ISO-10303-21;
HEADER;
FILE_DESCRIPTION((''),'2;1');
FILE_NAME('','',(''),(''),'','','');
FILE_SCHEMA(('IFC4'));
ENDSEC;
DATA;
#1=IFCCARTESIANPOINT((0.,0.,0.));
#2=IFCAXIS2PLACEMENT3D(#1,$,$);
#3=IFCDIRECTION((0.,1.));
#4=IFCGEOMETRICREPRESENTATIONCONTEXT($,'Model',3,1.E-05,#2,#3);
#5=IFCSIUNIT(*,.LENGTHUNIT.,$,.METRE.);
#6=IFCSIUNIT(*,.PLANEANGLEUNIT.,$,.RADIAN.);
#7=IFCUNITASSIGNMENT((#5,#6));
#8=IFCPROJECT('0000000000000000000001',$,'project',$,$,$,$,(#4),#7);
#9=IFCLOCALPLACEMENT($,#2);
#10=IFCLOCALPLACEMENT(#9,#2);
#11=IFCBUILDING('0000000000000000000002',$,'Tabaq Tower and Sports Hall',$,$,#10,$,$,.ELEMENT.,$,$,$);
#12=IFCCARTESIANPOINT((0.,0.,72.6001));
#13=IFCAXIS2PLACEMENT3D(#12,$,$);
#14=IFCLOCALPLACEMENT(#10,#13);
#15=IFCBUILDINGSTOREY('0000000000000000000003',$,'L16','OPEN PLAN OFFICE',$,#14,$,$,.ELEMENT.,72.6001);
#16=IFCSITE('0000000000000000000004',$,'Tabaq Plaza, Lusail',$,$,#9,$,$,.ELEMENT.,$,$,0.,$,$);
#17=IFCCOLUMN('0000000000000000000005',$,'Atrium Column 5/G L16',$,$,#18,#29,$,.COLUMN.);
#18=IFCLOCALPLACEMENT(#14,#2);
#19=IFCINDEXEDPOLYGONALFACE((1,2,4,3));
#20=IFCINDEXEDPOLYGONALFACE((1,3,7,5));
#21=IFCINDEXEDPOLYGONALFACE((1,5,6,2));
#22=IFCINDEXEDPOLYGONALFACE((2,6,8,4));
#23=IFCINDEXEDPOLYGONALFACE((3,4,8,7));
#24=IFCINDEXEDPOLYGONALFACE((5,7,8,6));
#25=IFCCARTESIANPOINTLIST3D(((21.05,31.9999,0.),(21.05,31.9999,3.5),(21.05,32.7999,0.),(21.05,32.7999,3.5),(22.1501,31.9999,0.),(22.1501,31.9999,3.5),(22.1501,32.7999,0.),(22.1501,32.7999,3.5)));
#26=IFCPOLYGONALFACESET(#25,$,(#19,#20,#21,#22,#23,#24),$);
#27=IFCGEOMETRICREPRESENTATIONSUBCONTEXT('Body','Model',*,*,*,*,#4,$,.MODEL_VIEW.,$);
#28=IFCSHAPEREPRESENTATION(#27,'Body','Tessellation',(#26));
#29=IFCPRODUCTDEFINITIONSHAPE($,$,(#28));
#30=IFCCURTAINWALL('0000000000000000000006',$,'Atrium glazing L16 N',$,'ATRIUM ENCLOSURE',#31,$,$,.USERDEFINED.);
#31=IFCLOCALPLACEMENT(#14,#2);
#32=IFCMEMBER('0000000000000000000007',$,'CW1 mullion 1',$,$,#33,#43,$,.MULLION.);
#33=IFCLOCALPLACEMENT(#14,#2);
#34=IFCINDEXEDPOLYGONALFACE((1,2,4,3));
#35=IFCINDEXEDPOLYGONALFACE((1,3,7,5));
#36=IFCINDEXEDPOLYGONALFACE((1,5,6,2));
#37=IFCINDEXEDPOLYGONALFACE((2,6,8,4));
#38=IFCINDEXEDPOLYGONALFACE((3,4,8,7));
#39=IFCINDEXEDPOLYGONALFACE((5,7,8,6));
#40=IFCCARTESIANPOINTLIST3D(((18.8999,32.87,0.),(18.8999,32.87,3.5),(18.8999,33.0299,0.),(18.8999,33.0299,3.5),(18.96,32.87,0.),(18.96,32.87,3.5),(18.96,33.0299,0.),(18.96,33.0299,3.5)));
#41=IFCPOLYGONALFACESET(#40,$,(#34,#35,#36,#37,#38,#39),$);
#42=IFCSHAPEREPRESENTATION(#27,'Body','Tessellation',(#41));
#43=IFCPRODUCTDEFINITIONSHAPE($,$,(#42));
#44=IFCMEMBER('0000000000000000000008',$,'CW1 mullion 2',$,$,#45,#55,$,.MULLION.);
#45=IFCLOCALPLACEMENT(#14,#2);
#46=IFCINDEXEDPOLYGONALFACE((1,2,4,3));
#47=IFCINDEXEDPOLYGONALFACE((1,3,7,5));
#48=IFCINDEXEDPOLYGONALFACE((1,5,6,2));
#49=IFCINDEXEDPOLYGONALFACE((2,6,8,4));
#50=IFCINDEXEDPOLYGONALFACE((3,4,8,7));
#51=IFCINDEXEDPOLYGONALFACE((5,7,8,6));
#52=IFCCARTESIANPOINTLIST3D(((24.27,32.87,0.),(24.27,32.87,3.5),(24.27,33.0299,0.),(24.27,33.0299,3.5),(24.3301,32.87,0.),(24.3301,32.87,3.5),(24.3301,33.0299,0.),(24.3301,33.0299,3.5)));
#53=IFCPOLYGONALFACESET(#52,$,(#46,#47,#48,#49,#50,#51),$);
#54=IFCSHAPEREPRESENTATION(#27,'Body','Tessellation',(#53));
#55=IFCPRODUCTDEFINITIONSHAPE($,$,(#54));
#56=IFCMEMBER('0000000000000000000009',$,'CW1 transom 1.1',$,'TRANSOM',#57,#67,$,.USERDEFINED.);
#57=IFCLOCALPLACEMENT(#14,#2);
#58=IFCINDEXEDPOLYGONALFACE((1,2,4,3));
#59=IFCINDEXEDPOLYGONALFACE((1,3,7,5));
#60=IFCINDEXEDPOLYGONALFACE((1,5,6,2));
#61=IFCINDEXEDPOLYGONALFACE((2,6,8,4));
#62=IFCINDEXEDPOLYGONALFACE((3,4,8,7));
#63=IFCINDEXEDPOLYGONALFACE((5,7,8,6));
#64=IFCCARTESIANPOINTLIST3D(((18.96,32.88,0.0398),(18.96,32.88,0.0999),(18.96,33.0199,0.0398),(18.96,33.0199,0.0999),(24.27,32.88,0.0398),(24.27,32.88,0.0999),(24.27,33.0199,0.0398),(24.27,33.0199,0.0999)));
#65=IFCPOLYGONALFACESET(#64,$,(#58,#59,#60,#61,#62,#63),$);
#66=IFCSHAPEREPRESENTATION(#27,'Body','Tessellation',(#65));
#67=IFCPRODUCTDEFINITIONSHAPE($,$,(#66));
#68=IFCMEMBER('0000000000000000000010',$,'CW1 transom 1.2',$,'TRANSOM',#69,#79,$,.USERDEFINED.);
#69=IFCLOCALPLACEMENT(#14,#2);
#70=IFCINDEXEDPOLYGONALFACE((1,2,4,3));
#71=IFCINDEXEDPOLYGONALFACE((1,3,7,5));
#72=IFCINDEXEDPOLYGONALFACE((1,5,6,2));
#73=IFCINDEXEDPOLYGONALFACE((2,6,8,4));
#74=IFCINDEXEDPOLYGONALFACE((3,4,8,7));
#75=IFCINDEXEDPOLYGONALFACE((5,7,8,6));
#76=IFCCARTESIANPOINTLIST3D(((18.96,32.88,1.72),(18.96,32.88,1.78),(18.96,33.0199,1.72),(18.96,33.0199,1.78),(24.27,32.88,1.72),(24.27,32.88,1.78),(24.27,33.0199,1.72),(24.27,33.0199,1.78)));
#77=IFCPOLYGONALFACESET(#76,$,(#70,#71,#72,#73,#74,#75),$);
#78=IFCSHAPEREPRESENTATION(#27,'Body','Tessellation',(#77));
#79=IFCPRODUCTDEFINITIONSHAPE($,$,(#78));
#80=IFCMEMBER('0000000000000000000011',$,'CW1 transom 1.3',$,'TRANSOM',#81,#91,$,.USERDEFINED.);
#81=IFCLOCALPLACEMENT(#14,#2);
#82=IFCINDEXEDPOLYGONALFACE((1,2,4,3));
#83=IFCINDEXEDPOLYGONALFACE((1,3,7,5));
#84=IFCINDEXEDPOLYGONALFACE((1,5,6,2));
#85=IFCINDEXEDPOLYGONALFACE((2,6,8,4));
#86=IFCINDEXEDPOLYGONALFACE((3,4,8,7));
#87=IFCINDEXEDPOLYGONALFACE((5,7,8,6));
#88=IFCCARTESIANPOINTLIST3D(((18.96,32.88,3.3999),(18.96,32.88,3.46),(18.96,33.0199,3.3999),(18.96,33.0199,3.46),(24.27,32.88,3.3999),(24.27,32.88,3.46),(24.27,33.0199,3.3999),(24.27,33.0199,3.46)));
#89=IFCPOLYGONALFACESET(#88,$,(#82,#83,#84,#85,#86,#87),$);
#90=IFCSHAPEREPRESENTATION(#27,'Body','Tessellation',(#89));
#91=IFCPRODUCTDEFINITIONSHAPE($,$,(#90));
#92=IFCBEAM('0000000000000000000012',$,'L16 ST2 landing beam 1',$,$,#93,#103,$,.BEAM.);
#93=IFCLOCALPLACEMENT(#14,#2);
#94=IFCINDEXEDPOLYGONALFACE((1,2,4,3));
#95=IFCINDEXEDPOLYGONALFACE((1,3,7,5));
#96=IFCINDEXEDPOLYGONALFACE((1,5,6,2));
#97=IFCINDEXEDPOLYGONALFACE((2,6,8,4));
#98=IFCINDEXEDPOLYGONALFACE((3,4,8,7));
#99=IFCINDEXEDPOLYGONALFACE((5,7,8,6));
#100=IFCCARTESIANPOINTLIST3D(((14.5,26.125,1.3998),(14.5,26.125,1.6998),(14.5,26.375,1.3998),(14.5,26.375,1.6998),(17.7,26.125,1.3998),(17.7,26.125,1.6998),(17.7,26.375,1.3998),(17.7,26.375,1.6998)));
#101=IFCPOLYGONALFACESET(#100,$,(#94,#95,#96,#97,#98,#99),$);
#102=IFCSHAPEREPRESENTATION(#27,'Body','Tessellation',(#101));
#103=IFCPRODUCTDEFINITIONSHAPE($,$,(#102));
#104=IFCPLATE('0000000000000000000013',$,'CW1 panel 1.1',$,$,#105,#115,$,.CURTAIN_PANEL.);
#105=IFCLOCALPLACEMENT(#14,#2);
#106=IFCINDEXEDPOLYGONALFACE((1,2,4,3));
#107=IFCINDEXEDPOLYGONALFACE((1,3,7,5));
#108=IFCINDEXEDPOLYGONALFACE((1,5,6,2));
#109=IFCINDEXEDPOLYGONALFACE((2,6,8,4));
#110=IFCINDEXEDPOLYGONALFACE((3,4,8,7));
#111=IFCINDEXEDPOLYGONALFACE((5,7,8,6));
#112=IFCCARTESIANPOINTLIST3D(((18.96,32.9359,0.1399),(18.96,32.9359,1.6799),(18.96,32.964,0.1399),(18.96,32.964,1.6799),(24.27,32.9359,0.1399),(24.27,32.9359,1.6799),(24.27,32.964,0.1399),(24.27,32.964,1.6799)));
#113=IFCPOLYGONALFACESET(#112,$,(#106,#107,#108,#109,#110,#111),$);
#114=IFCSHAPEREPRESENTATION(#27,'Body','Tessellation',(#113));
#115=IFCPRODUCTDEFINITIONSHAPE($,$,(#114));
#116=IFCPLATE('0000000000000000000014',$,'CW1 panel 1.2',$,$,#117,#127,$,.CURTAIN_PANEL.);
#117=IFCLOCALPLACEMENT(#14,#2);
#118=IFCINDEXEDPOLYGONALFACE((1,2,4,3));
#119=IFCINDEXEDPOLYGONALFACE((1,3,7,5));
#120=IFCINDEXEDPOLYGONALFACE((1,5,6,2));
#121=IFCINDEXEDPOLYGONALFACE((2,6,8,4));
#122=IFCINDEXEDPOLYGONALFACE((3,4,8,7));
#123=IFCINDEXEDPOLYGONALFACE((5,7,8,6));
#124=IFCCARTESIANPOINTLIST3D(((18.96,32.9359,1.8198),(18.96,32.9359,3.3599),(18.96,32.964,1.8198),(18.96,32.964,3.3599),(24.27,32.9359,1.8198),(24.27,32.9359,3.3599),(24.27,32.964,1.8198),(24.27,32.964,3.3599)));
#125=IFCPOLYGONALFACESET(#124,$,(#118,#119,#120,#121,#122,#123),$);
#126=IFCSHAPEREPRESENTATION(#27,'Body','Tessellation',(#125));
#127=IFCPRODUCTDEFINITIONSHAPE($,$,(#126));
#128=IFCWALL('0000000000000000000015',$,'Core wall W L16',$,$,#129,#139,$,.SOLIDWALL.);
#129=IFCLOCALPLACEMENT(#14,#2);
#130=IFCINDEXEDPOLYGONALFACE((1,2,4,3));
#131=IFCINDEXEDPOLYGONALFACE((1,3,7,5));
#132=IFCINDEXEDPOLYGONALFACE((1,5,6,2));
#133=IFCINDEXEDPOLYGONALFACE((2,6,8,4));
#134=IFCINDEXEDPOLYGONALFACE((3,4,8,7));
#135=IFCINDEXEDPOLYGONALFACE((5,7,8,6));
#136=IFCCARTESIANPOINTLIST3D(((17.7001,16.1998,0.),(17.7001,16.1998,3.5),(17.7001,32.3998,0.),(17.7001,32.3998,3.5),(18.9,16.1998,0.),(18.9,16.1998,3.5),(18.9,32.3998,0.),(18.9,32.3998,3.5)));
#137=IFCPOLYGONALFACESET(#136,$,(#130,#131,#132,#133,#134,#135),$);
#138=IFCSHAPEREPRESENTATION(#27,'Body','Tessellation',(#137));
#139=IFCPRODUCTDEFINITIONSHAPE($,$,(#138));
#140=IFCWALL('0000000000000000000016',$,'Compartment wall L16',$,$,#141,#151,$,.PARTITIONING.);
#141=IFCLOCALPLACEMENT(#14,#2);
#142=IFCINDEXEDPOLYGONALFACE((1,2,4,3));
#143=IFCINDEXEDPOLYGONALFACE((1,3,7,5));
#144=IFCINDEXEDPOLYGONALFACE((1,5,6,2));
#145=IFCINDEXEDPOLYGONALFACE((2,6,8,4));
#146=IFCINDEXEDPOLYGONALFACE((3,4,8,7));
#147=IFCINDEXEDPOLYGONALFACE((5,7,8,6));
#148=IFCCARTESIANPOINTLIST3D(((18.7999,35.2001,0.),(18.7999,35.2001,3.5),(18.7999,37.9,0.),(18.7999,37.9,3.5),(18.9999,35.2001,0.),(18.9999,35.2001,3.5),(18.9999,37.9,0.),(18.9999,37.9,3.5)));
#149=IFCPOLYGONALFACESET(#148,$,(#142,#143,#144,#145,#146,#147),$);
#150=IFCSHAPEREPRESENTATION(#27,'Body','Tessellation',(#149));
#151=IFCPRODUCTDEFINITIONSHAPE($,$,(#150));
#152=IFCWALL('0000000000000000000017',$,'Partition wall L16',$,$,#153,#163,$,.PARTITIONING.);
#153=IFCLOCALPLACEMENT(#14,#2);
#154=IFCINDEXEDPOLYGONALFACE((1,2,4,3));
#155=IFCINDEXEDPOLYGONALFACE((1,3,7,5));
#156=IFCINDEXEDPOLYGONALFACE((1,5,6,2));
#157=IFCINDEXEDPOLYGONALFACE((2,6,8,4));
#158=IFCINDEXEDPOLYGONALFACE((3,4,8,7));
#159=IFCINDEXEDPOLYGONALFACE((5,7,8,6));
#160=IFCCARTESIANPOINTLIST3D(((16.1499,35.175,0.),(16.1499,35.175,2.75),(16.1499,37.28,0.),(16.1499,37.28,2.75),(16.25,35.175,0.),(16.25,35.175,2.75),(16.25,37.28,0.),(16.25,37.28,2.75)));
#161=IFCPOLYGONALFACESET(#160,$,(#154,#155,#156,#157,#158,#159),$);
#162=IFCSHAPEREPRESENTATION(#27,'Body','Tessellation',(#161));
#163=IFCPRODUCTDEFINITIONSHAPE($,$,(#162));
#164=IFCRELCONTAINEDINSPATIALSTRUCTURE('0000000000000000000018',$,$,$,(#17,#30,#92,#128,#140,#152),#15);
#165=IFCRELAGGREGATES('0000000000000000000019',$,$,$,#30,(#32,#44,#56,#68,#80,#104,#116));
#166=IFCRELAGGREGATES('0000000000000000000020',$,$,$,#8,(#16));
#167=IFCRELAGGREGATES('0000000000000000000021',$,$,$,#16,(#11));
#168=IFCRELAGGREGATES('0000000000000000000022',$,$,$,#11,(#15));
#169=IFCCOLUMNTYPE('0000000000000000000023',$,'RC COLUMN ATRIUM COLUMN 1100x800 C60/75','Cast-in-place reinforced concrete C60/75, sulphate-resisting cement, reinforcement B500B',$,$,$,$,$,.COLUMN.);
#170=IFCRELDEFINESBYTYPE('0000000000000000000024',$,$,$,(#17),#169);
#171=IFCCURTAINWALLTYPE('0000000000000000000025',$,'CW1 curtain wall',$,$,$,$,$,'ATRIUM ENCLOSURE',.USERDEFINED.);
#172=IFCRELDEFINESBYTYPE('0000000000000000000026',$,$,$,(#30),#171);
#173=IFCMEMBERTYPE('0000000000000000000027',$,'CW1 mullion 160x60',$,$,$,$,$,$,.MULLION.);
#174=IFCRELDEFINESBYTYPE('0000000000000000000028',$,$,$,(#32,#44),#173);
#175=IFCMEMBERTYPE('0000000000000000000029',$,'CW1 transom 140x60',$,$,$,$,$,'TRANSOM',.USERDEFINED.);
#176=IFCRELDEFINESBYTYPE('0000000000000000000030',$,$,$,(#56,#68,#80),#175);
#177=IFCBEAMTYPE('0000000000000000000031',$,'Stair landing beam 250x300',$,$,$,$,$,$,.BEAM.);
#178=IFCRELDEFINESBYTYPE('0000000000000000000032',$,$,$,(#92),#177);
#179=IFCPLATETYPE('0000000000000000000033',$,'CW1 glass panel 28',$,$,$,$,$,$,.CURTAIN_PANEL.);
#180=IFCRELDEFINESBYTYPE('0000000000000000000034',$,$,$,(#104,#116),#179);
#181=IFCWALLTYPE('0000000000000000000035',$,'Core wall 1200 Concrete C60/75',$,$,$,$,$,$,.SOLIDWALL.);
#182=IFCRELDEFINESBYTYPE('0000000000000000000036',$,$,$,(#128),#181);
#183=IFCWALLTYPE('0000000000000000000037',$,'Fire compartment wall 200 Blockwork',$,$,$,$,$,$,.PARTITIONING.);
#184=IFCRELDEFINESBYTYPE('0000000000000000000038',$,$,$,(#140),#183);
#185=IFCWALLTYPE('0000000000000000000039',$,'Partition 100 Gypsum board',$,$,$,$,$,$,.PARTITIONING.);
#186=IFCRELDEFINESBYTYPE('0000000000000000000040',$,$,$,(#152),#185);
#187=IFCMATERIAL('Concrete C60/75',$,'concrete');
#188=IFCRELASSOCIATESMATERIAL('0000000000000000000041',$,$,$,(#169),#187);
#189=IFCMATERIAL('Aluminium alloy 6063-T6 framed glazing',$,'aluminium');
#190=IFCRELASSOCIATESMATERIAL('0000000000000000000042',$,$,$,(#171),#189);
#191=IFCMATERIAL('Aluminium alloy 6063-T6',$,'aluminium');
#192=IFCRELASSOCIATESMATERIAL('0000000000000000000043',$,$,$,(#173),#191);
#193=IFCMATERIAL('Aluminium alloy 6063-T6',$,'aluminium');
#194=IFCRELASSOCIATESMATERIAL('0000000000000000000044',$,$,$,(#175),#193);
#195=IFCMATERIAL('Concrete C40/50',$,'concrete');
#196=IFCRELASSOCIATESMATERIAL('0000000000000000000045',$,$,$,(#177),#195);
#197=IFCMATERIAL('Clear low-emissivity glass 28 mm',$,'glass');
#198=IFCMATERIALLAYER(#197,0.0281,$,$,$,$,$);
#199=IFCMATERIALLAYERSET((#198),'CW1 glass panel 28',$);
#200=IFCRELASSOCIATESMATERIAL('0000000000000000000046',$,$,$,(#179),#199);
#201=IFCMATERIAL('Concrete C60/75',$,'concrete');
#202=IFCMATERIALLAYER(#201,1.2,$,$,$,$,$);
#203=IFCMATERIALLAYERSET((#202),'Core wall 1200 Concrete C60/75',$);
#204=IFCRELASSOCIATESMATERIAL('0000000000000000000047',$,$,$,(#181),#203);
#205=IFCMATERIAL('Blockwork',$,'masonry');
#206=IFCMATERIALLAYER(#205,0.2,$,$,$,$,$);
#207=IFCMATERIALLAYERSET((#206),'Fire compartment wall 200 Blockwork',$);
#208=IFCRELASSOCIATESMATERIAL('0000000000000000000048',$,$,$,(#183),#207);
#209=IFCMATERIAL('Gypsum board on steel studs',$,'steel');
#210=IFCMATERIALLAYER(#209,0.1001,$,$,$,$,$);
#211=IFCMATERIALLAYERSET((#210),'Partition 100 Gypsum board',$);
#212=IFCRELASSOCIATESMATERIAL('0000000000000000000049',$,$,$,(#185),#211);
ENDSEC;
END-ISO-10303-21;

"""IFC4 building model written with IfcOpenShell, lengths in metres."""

from ifc_helpers import new_model, si_unit, direction, frame, frame_2d, origin, origin_2d, place, context, subcontext, project, spatial, rectangle, extrude, material, layer, layer_set, material_profile, profile_set, type_object, element, aggregate, save


model = new_model("IFC4")

# Units and contexts
model_context = context("Model", 3, precision=1e-05, world=origin(), true_north=direction((0.0, 1.0)))
body_context = subcontext(model_context, "Body", "Model", "MODEL_VIEW")
ifc_project = project(units=[si_unit("LENGTHUNIT", "METRE"), si_unit("PLANEANGLEUNIT", "RADIAN")], contexts=[model_context])

# Site, building, storey
site_placement = place(None, origin())
site = spatial("IfcSite", under=ifc_project, at=site_placement, Name="Tabaq Plaza, Lusail", CompositionType="ELEMENT", RefElevation=0.0)
building_placement = place(site_placement, origin())
building = spatial("IfcBuilding", under=site, at=building_placement, Name="Tabaq Tower and Sports Hall", CompositionType="ELEMENT")
storey_placement = place(building_placement, frame((0.0, 0.0, 72.6001)))
storey = spatial("IfcBuildingStorey", under=building, at=storey_placement, Name="L16", Description="OPEN PLAN OFFICE", CompositionType="ELEMENT", Elevation=72.6001)

# Column
ifc_material_1 = material(Name="Concrete C60/75", Category="concrete")
ifc_material_profile_1 = material_profile(ifc_material_1, rectangle(XDim=1.1001, YDim=0.8, at=origin_2d()), Name="ATRIUM COLUMN 1100x800")
ifc_profile_set_1 = profile_set([ifc_material_profile_1], Name="Concrete C60/75")
column_type = type_object("IfcColumnType", Name="RC COLUMN ATRIUM COLUMN 1100x800 C60/75", Description="Cast-in-place reinforced concrete C60/75, sulphate-resisting cement, reinforcement B500B", PredefinedType="COLUMN", material=ifc_profile_set_1)
column_placement = place(storey_placement, frame((21.6001, 32.3999, 0.0), z_axis=(0.0, 0.0, 1.0), x_axis=(1.0, 0.0, 0.0)))
element("IfcColumn", 1, at=column_placement, inside=storey, type_object=column_type, Name="Atrium Column 5/G L16", PredefinedType="COLUMN", context=body_context, shape_type="SweptSolid", body=[
    extrude(rectangle(XDim=1.1001, YDim=0.8, at=origin_2d()), origin(), (0.0, 0.0, 1.0), 3.5),
])

# Curtain wall, members
ifc_material_2 = material(Name="Aluminium alloy 6063-T6 framed glazing", Category="aluminium")
curtain_wall_type = type_object("IfcCurtainWallType", Name="CW1 curtain wall", ElementType="ATRIUM ENCLOSURE", PredefinedType="USERDEFINED", material=ifc_material_2)
curtain_wall_placement = place(storey_placement, origin())
curtain_wall = element("IfcCurtainWall", 2, at=curtain_wall_placement, inside=storey, type_object=curtain_wall_type, Name="Atrium glazing L16 N", ObjectType="ATRIUM ENCLOSURE", PredefinedType="USERDEFINED")
ifc_material_3 = material(Name="Aluminium alloy 6063-T6", Category="aluminium")
ifc_material_profile_2 = material_profile(ifc_material_3, rectangle(XDim=0.1599, YDim=0.0601, at=origin_2d()), Name="MULLION 160x60")
ifc_profile_set_2 = profile_set([ifc_material_profile_2], Name="Aluminium alloy 6063-T6")
member_type_1 = type_object("IfcMemberType", Name="CW1 mullion 160x60", PredefinedType="MULLION", material=ifc_profile_set_2)
member_1_placement = place(storey_placement, frame((18.9299, 32.95, 0.0), z_axis=(0.0, 0.0, 1.0), x_axis=(0.0, 1.0, 0.0)))
member_1 = element("IfcMember", 3, at=member_1_placement, type_object=member_type_1, Name="CW1 mullion 1", PredefinedType="MULLION", context=body_context, shape_type="SweptSolid", body=[
    extrude(rectangle(XDim=0.1599, YDim=0.0601, at=origin_2d()), origin(), (0.0, 0.0, 1.0), 3.5),
])
member_2_placement = place(storey_placement, frame((24.3, 32.95, 0.0), z_axis=(0.0, 0.0, 1.0), x_axis=(0.0, 1.0, 0.0)))
member_2 = element("IfcMember", 4, at=member_2_placement, type_object=member_type_1, Name="CW1 mullion 2", PredefinedType="MULLION", context=body_context, shape_type="SweptSolid", body=[
    extrude(rectangle(XDim=0.1599, YDim=0.0601, at=origin_2d()), origin(), (0.0, 0.0, 1.0), 3.5),
])
ifc_material_4 = material(Name="Aluminium alloy 6063-T6", Category="aluminium")
ifc_material_profile_3 = material_profile(ifc_material_4, rectangle(XDim=0.1399, YDim=0.0601, at=origin_2d()), Name="TRANSOM 140x60")
ifc_profile_set_3 = profile_set([ifc_material_profile_3], Name="Aluminium alloy 6063-T6")
member_type_2 = type_object("IfcMemberType", Name="CW1 transom 140x60", ElementType="TRANSOM", PredefinedType="USERDEFINED", material=ifc_profile_set_3)
member_3_placement = place(storey_placement, frame((18.96, 32.95, 0.0698), z_axis=(1.0, 0.0, 0.0), x_axis=(0.0, 1.0, 0.0)))
member_3 = element("IfcMember", 5, at=member_3_placement, type_object=member_type_2, Name="CW1 transom 1.1", ObjectType="TRANSOM", PredefinedType="USERDEFINED", context=body_context, shape_type="SweptSolid", body=[
    extrude(rectangle(XDim=0.1399, YDim=0.0601, at=origin_2d()), origin(), (0.0, 0.0, 1.0), 5.3101),
])
member_4_placement = place(storey_placement, frame((18.96, 32.95, 1.75), z_axis=(1.0, 0.0, 0.0), x_axis=(0.0, 1.0, 0.0)))
member_4 = element("IfcMember", 6, at=member_4_placement, type_object=member_type_2, Name="CW1 transom 1.2", ObjectType="TRANSOM", PredefinedType="USERDEFINED", context=body_context, shape_type="SweptSolid", body=[
    extrude(rectangle(XDim=0.1399, YDim=0.0601, at=origin_2d()), origin(), (0.0, 0.0, 1.0), 5.3101),
])
member_5_placement = place(storey_placement, frame((18.96, 32.95, 3.4299), z_axis=(1.0, 0.0, 0.0), x_axis=(0.0, 1.0, 0.0)))
member_5 = element("IfcMember", 7, at=member_5_placement, type_object=member_type_2, Name="CW1 transom 1.3", ObjectType="TRANSOM", PredefinedType="USERDEFINED", context=body_context, shape_type="SweptSolid", body=[
    extrude(rectangle(XDim=0.1399, YDim=0.0601, at=origin_2d()), origin(), (0.0, 0.0, 1.0), 5.3101),
])

# Beam
ifc_material_5 = material(Name="Concrete C40/50", Category="concrete")
ifc_material_profile_4 = material_profile(ifc_material_5, rectangle(XDim=0.25, YDim=0.3, at=origin_2d()), Name="RC 250x300")
ifc_profile_set_4 = profile_set([ifc_material_profile_4], Name="Concrete C40/50")
beam_type = type_object("IfcBeamType", Name="Stair landing beam 250x300", PredefinedType="BEAM", material=ifc_profile_set_4)
beam_placement = place(storey_placement, frame((14.5, 26.25, 1.5498), z_axis=(1.0, 0.0, 0.0), x_axis=(0.0, 1.0, 0.0)))
element("IfcBeam", 8, at=beam_placement, inside=storey, type_object=beam_type, Name="L16 ST2 landing beam 1", PredefinedType="BEAM", context=body_context, shape_type="SweptSolid", body=[
    extrude(rectangle(XDim=0.25, YDim=0.3, at=origin_2d()), origin(), (0.0, 0.0, 1.0), 3.2),
])

# Plates
ifc_material_6 = material(Name="Clear low-emissivity glass 28 mm", Category="glass")
ifc_layer_1 = layer(ifc_material_6, 0.0281)
ifc_layer_set_1 = layer_set([ifc_layer_1], Name="CW1 glass panel 28")
plate_type = type_object("IfcPlateType", Name="CW1 glass panel 28", PredefinedType="CURTAIN_PANEL", material=ifc_layer_set_1)
plate_1_placement = place(storey_placement, frame((21.615, 32.95, 0.1399), z_axis=(0.0, 0.0, 1.0), x_axis=(1.0, 0.0, 0.0)))
plate_1 = element("IfcPlate", 9, at=plate_1_placement, type_object=plate_type, Name="CW1 panel 1.1", PredefinedType="CURTAIN_PANEL", context=body_context, shape_type="SweptSolid", body=[
    extrude(rectangle(XDim=5.3101, YDim=0.0281, at=origin_2d()), origin(), (0.0, 0.0, 1.0), 1.54),
])
plate_2_placement = place(storey_placement, frame((21.615, 32.95, 1.8198), z_axis=(0.0, 0.0, 1.0), x_axis=(1.0, 0.0, 0.0)))
plate_2 = element("IfcPlate", 10, at=plate_2_placement, type_object=plate_type, Name="CW1 panel 1.2", PredefinedType="CURTAIN_PANEL", context=body_context, shape_type="SweptSolid", body=[
    extrude(rectangle(XDim=5.3101, YDim=0.0281, at=origin_2d()), origin(), (0.0, 0.0, 1.0), 1.54),
])
aggregate(curtain_wall, [member_1, member_2, member_3, member_4, member_5, plate_1, plate_2])

# Wall
ifc_material_7 = material(Name="Concrete C60/75", Category="concrete")
ifc_layer_2 = layer(ifc_material_7, 1.2)
ifc_layer_set_2 = layer_set([ifc_layer_2], Name="Core wall 1200 Concrete C60/75")
wall_type_1 = type_object("IfcWallType", Name="Core wall 1200 Concrete C60/75", PredefinedType="SOLIDWALL", material=ifc_layer_set_2)
wall_1_placement = place(storey_placement, frame((18.3, 32.3999, 0.0), z_axis=(0.0, 0.0, 1.0), x_axis=(0.0, -1.0, 0.0)))
element("IfcWall", 11, at=wall_1_placement, inside=storey, type_object=wall_type_1, Name="Core wall W L16", PredefinedType="SOLIDWALL", context=body_context, shape_type="SweptSolid", body=[
    extrude(rectangle(XDim=16.2, YDim=1.2, at=frame_2d((8.1001, 0.0))), origin(), (0.0, 0.0, 1.0), 3.5),
])

# Shared definitions
ifc_material_8 = material(Name="Blockwork", Category="masonry")
ifc_layer_3 = layer(ifc_material_8, 0.2)
ifc_layer_set_3 = layer_set([ifc_layer_3], Name="Fire compartment wall 200 Blockwork")
wall_type_2 = type_object("IfcWallType", Name="Fire compartment wall 200 Blockwork", PredefinedType="PARTITIONING", material=ifc_layer_set_3)

# Walls
wall_2_placement = place(storey_placement, frame((18.8999, 35.2, 0.0), z_axis=(0.0, 0.0, 1.0), x_axis=(0.0, 1.0, 0.0)))
element("IfcWall", 12, at=wall_2_placement, inside=storey, type_object=wall_type_2, Name="Compartment wall L16", PredefinedType="PARTITIONING", context=body_context, shape_type="SweptSolid", body=[
    extrude(rectangle(XDim=2.7, YDim=0.2, at=frame_2d((1.3501, 0.0))), origin(), (0.0, 0.0, 1.0), 3.5),
])
ifc_material_9 = material(Name="Gypsum board on steel studs", Category="steel")
ifc_layer_4 = layer(ifc_material_9, 0.1001)
ifc_layer_set_4 = layer_set([ifc_layer_4], Name="Partition 100 Gypsum board")
wall_type_3 = type_object("IfcWallType", Name="Partition 100 Gypsum board", PredefinedType="PARTITIONING", material=ifc_layer_set_4)
wall_3_placement = place(storey_placement, frame((16.2, 35.175, 0.0), z_axis=(0.0, 0.0, 1.0), x_axis=(0.0, 1.0, 0.0)))
element("IfcWall", 13, at=wall_3_placement, inside=storey, type_object=wall_type_3, Name="Partition wall L16", PredefinedType="PARTITIONING", context=body_context, shape_type="SweptSolid", body=[
    extrude(rectangle(XDim=2.105, YDim=0.1001, at=frame_2d((1.0525, 0.0))), origin(), (0.0, 0.0, 1.0), 2.75),
])

save(model, "model.ifc")
